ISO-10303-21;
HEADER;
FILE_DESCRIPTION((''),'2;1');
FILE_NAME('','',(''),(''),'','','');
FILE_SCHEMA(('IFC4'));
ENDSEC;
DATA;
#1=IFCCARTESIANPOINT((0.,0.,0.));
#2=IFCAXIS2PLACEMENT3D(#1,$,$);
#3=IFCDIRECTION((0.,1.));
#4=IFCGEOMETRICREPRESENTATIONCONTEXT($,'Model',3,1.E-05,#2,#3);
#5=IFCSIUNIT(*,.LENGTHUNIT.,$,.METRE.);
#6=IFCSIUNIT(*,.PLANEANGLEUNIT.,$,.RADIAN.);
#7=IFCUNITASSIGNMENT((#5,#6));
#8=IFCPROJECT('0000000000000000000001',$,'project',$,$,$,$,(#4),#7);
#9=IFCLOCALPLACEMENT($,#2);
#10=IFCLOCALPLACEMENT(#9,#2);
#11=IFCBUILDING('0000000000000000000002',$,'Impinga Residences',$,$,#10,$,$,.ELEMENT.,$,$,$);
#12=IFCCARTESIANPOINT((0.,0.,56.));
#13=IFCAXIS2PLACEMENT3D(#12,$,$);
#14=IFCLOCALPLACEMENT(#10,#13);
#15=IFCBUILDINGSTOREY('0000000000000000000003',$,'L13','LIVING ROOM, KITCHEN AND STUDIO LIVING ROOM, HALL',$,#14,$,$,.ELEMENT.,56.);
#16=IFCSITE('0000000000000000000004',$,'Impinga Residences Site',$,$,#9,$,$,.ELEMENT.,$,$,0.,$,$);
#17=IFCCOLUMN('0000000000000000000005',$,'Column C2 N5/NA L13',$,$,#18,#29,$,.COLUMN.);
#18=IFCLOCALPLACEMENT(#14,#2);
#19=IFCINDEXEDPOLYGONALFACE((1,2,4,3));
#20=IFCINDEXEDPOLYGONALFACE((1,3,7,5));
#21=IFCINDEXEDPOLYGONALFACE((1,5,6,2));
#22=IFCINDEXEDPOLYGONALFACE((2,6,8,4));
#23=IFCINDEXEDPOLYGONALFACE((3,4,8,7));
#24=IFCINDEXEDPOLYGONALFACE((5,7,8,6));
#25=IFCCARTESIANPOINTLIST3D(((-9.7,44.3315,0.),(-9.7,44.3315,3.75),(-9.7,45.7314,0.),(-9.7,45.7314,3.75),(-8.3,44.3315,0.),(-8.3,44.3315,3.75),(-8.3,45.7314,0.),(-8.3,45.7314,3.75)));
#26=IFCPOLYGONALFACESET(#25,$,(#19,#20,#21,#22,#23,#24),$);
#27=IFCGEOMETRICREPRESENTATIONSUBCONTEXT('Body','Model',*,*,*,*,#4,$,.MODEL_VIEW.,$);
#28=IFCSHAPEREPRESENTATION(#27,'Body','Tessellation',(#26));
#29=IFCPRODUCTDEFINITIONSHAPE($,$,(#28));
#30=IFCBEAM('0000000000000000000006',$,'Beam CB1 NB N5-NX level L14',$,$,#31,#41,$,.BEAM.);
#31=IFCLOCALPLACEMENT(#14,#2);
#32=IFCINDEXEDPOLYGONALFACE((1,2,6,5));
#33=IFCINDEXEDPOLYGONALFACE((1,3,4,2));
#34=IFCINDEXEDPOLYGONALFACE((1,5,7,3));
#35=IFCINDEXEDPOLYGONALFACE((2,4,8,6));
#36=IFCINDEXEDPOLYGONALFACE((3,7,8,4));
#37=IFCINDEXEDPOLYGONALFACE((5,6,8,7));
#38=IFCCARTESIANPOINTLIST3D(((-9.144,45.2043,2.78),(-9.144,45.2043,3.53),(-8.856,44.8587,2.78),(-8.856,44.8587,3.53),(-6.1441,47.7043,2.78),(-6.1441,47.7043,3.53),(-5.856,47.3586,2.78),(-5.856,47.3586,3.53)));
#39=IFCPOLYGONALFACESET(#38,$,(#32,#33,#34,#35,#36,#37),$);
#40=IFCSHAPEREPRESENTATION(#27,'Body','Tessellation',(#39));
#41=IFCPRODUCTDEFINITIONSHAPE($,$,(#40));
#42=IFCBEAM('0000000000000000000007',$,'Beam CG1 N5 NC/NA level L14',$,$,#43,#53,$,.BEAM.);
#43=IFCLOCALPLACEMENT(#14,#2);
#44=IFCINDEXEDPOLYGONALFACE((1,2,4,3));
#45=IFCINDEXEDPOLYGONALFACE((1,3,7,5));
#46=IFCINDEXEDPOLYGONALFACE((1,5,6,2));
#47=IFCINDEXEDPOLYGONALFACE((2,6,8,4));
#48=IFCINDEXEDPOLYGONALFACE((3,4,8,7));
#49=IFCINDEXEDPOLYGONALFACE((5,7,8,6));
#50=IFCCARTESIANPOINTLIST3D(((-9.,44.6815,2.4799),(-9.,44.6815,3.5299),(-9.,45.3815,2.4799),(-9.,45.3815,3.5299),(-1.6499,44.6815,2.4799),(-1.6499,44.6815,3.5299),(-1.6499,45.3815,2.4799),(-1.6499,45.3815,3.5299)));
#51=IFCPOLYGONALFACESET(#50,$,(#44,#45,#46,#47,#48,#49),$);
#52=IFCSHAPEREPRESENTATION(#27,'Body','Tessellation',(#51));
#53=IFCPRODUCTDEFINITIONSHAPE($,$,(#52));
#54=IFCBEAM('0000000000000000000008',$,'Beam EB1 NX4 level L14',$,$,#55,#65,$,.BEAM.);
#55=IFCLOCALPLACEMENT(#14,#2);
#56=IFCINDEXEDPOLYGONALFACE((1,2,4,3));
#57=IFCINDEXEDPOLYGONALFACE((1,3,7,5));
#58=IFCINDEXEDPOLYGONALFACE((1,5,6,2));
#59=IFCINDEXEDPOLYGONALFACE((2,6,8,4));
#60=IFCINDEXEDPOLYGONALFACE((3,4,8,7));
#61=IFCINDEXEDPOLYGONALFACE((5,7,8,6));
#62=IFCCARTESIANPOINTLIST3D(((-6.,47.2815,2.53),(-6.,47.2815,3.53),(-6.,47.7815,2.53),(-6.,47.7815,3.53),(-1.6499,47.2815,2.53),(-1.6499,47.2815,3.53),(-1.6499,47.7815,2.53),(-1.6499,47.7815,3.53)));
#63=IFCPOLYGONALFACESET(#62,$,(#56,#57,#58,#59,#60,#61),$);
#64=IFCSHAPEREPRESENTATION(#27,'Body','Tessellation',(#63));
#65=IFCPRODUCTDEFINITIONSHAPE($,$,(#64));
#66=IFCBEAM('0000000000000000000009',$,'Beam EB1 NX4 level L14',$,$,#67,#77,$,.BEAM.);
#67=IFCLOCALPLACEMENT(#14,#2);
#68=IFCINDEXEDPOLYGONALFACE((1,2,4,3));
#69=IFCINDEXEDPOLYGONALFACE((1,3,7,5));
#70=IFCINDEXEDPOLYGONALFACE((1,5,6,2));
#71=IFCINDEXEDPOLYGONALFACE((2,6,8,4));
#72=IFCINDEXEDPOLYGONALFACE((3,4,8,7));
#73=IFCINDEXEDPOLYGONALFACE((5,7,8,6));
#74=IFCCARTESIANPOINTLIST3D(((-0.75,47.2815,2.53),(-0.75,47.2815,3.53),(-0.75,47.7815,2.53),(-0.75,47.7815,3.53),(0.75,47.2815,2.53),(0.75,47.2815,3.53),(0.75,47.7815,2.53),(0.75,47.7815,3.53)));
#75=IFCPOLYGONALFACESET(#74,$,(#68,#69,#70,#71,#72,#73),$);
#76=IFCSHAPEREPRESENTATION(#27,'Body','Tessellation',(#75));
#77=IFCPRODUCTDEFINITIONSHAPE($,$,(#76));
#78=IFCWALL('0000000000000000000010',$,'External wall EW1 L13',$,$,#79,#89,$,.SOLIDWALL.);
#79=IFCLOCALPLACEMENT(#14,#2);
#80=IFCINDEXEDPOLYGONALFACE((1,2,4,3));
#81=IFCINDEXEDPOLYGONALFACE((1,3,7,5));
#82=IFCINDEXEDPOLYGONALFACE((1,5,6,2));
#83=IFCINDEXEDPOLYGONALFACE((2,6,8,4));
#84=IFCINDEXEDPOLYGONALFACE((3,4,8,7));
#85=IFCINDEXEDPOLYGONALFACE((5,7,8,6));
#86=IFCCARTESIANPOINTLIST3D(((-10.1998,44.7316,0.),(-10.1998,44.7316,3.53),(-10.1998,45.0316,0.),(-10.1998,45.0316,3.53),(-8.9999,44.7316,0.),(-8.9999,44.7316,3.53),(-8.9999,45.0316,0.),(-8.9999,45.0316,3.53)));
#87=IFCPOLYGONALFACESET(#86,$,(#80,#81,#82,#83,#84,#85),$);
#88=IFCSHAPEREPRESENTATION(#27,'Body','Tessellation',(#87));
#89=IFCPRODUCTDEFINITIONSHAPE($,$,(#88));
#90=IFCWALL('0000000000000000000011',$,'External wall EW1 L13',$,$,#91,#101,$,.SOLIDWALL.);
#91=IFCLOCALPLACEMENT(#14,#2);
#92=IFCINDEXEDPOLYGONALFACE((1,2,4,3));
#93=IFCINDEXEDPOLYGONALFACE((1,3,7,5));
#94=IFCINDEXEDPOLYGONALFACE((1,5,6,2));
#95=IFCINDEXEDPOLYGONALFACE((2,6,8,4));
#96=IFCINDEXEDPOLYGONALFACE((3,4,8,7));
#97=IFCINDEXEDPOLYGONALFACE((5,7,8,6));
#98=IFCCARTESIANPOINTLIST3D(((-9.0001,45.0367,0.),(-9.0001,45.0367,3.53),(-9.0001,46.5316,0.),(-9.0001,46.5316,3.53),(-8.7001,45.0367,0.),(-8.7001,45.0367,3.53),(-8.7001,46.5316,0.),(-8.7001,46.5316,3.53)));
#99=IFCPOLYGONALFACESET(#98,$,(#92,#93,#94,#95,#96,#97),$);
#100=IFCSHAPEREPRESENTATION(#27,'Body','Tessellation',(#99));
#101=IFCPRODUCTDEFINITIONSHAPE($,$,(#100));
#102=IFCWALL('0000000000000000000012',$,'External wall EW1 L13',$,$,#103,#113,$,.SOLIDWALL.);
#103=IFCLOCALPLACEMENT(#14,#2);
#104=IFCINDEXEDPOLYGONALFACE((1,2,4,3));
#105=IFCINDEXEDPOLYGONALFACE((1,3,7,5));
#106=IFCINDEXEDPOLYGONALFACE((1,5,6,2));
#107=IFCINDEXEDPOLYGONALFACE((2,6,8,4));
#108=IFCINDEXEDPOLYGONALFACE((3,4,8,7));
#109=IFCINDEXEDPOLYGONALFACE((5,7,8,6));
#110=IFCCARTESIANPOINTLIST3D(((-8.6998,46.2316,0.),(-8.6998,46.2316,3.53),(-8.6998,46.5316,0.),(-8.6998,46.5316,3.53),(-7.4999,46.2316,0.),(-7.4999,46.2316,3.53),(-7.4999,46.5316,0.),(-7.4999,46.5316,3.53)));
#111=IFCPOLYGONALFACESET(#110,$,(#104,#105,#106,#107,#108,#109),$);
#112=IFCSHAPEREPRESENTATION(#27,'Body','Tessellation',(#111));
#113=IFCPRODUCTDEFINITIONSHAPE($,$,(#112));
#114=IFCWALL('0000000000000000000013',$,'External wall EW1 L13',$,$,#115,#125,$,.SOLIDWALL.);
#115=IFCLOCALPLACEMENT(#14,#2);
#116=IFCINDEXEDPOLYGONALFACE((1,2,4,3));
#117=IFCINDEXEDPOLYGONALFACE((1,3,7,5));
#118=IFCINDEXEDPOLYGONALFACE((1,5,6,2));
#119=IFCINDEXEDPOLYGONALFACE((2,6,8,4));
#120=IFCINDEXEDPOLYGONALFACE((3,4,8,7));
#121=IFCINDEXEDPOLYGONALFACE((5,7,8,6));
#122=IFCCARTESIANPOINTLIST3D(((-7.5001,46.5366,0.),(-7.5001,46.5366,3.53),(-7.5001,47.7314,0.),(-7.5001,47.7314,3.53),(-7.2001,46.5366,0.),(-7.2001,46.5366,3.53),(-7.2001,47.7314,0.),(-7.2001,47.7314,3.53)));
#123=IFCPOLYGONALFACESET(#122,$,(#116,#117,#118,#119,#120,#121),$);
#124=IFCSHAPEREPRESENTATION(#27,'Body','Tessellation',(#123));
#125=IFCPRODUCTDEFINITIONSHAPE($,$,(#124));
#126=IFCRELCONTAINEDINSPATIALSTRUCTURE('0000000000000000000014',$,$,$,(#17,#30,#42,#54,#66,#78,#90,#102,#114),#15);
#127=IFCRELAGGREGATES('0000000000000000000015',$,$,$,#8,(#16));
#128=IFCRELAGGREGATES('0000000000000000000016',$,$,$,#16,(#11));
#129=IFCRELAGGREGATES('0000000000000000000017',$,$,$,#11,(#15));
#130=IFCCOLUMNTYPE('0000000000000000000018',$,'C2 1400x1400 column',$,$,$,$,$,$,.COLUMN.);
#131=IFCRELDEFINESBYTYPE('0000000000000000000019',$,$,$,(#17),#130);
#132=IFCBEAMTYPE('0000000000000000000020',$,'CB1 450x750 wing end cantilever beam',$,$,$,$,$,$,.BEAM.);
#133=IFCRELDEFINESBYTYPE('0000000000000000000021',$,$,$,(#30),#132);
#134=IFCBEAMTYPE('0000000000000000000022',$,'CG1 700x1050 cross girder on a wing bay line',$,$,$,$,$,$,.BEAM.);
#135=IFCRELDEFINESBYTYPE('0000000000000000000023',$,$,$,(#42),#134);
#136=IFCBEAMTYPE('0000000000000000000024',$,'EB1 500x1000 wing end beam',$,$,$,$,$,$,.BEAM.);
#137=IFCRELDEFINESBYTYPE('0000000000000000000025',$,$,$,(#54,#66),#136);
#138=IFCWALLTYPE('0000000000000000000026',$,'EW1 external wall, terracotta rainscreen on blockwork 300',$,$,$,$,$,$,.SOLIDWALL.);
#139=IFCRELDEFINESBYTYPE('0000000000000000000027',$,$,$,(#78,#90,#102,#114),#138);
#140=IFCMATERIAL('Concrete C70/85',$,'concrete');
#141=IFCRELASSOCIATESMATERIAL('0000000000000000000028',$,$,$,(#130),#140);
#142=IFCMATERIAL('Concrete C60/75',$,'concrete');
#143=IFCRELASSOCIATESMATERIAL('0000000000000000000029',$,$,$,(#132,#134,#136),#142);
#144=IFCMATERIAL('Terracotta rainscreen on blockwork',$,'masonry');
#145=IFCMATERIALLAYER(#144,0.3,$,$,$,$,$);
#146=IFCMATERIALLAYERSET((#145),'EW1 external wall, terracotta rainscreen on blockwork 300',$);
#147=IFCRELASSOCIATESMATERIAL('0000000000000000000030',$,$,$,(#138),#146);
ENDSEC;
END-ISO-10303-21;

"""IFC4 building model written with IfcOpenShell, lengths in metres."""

from ifc_helpers import new_model, si_unit, direction, frame, frame_2d, origin, origin_2d, place, context, subcontext, project, spatial, rectangle, extrude, material, layer, layer_set, material_profile, profile_set, type_object, element, save


model = new_model("IFC4")

# Units and contexts
model_context = context("Model", 3, precision=1e-05, world=origin(), true_north=direction((0.0, 1.0)))
body_context = subcontext(model_context, "Body", "Model", "MODEL_VIEW")
ifc_project = project(units=[si_unit("LENGTHUNIT", "METRE"), si_unit("PLANEANGLEUNIT", "RADIAN")], contexts=[model_context])

# Site, building, storey
site_placement = place(None, origin())
site = spatial("IfcSite", under=ifc_project, at=site_placement, Name="Impinga Residences Site", CompositionType="ELEMENT", RefElevation=0.0)
building_placement = place(site_placement, origin())
building = spatial("IfcBuilding", under=site, at=building_placement, Name="Impinga Residences", CompositionType="ELEMENT")
storey_placement = place(building_placement, frame((0.0, 0.0, 56.0)))
storey = spatial("IfcBuildingStorey", under=building, at=storey_placement, Name="L13", Description="LIVING ROOM, KITCHEN AND STUDIO LIVING ROOM, HALL", CompositionType="ELEMENT", Elevation=56.0)

# Column
ifc_material_1 = material(Name="Concrete C70/85", Category="concrete")
ifc_material_profile_1 = material_profile(ifc_material_1, rectangle(XDim=1.3999, YDim=1.3999, at=origin_2d()), Name="RC 1400x1400")
ifc_profile_set_1 = profile_set([ifc_material_profile_1], Name="Concrete C70/85")
column_type = type_object("IfcColumnType", Name="C2 1400x1400 column", PredefinedType="COLUMN", material=ifc_profile_set_1)
column_placement = place(storey_placement, frame((-9.0, 45.0315, 0.0), z_axis=(0.0, 0.0, 1.0), x_axis=(1.0, 0.0, 0.0)))
element("IfcColumn", 1, at=column_placement, inside=storey, type_object=column_type, Name="Column C2 N5/NA L13", PredefinedType="COLUMN", context=body_context, shape_type="SweptSolid", body=[
    extrude(rectangle(XDim=1.3999, YDim=1.3999, at=origin_2d()), origin(), (0.0, 0.0, 1.0), 3.75),
])

# Beams
ifc_material_2 = material(Name="Concrete C60/75", Category="concrete")
ifc_material_profile_2 = material_profile(ifc_material_2, rectangle(XDim=0.45, YDim=0.75, at=origin_2d()), Name="RC 450x750")
ifc_profile_set_2 = profile_set([ifc_material_profile_2], Name="Concrete C60/75")
beam_type_1 = type_object("IfcBeamType", Name="CB1 450x750 wing end cantilever beam", PredefinedType="BEAM", material=ifc_profile_set_2)
beam_1_placement = place(storey_placement, frame((-9.0, 45.0315, 3.155), z_axis=(0.768221, 0.640184, 0.0), x_axis=(-0.640184, 0.768221, 0.0)))
element("IfcBeam", 2, at=beam_1_placement, inside=storey, type_object=beam_type_1, Name="Beam CB1 NB N5-NX level L14", PredefinedType="BEAM", context=body_context, shape_type="SweptSolid", body=[
    extrude(rectangle(XDim=0.45, YDim=0.75, at=origin_2d()), origin(), (0.0, 0.0, 1.0), 3.905),
])
ifc_material_profile_3 = material_profile(ifc_material_2, rectangle(XDim=0.7, YDim=1.05, at=origin_2d()), Name="RC 700x1050")
ifc_profile_set_3 = profile_set([ifc_material_profile_3], Name="Concrete C60/75")
beam_type_2 = type_object("IfcBeamType", Name="CG1 700x1050 cross girder on a wing bay line", PredefinedType="BEAM", material=ifc_profile_set_3)
beam_2_placement = place(storey_placement, frame((-1.6499, 45.0315, 3.0049), z_axis=(-1.0, 0.0, 0.0), x_axis=(0.0, -1.0, 0.0)))
element("IfcBeam", 3, at=beam_2_placement, inside=storey, type_object=beam_type_2, Name="Beam CG1 N5 NC/NA level L14", PredefinedType="BEAM", context=body_context, shape_type="SweptSolid", body=[
    extrude(rectangle(XDim=0.7, YDim=1.05, at=origin_2d()), origin(), (0.0, 0.0, 1.0), 7.3501),
])
ifc_material_profile_4 = material_profile(ifc_material_2, rectangle(XDim=0.5, YDim=1.0, at=origin_2d()), Name="RC 500x1000")
ifc_profile_set_4 = profile_set([ifc_material_profile_4], Name="Concrete C60/75")
beam_type_3 = type_object("IfcBeamType", Name="EB1 500x1000 wing end beam", PredefinedType="BEAM", material=ifc_profile_set_4)
beam_3_placement = place(storey_placement, frame((-6.0, 47.5315, 3.03), z_axis=(1.0, 0.0, 0.0), x_axis=(0.0, 1.0, 0.0)))
element("IfcBeam", 4, at=beam_3_placement, inside=storey, type_object=beam_type_3, Name="Beam EB1 NX4 level L14", PredefinedType="BEAM", context=body_context, shape_type="SweptSolid", body=[
    extrude(rectangle(XDim=0.5, YDim=1.0, at=origin_2d()), origin(), (0.0, 0.0, 1.0), 4.3501),
])
beam_4_placement = place(storey_placement, frame((-0.75, 47.5315, 3.03), z_axis=(1.0, 0.0, 0.0), x_axis=(0.0, 1.0, 0.0)))
element("IfcBeam", 5, at=beam_4_placement, inside=storey, type_object=beam_type_3, Name="Beam EB1 NX4 level L14", PredefinedType="BEAM", context=body_context, shape_type="SweptSolid", body=[
    extrude(rectangle(XDim=0.5, YDim=1.0, at=origin_2d()), origin(), (0.0, 0.0, 1.0), 1.5),
])

# Walls
ifc_material_3 = material(Name="Terracotta rainscreen on blockwork", Category="masonry")
ifc_layer_1 = layer(ifc_material_3, 0.3)
ifc_layer_set_1 = layer_set([ifc_layer_1], Name="EW1 external wall, terracotta rainscreen on blockwork 300")
wall_type_1 = type_object("IfcWallType", Name="EW1 external wall, terracotta rainscreen on blockwork 300", PredefinedType="SOLIDWALL", material=ifc_layer_set_1)
wall_1_placement = place(storey_placement, frame((-10.2, 44.8816, 0.0), z_axis=(0.0, 0.0, 1.0), x_axis=(1.0, 0.0, 0.0)))
element("IfcWall", 6, at=wall_1_placement, inside=storey, type_object=wall_type_1, Name="External wall EW1 L13", PredefinedType="SOLIDWALL", context=body_context, shape_type="SweptSolid", body=[
    extrude(rectangle(XDim=1.2, YDim=0.3, at=frame_2d((0.6001, 0.0))), origin(), (0.0, 0.0, 1.0), 3.53),
])
wall_2_placement = place(storey_placement, frame((-8.8501, 45.0366, 0.0), z_axis=(0.0, 0.0, 1.0), x_axis=(0.0, 1.0, 0.0)))
element("IfcWall", 7, at=wall_2_placement, inside=storey, type_object=wall_type_1, Name="External wall EW1 L13", PredefinedType="SOLIDWALL", context=body_context, shape_type="SweptSolid", body=[
    extrude(rectangle(XDim=1.4949, YDim=0.3, at=frame_2d((0.7476, 0.0))), origin(), (0.0, 0.0, 1.0), 3.53),
])
wall_3_placement = place(storey_placement, frame((-8.7, 46.3816, 0.0), z_axis=(0.0, 0.0, 1.0), x_axis=(1.0, 0.0, 0.0)))
element("IfcWall", 8, at=wall_3_placement, inside=storey, type_object=wall_type_1, Name="External wall EW1 L13", PredefinedType="SOLIDWALL", context=body_context, shape_type="SweptSolid", body=[
    extrude(rectangle(XDim=1.2, YDim=0.3, at=frame_2d((0.6001, 0.0))), origin(), (0.0, 0.0, 1.0), 3.53),
])
wall_4_placement = place(storey_placement, frame((-7.3501, 46.5366, 0.0), z_axis=(0.0, 0.0, 1.0), x_axis=(0.0, 1.0, 0.0)))
element("IfcWall", 9, at=wall_4_placement, inside=storey, type_object=wall_type_1, Name="External wall EW1 L13", PredefinedType="SOLIDWALL", context=body_context, shape_type="SweptSolid", body=[
    extrude(rectangle(XDim=1.1948, YDim=0.3, at=frame_2d((0.5974, 0.0))), origin(), (0.0, 0.0, 1.0), 3.53),
])

save(model, "model.ifc")
